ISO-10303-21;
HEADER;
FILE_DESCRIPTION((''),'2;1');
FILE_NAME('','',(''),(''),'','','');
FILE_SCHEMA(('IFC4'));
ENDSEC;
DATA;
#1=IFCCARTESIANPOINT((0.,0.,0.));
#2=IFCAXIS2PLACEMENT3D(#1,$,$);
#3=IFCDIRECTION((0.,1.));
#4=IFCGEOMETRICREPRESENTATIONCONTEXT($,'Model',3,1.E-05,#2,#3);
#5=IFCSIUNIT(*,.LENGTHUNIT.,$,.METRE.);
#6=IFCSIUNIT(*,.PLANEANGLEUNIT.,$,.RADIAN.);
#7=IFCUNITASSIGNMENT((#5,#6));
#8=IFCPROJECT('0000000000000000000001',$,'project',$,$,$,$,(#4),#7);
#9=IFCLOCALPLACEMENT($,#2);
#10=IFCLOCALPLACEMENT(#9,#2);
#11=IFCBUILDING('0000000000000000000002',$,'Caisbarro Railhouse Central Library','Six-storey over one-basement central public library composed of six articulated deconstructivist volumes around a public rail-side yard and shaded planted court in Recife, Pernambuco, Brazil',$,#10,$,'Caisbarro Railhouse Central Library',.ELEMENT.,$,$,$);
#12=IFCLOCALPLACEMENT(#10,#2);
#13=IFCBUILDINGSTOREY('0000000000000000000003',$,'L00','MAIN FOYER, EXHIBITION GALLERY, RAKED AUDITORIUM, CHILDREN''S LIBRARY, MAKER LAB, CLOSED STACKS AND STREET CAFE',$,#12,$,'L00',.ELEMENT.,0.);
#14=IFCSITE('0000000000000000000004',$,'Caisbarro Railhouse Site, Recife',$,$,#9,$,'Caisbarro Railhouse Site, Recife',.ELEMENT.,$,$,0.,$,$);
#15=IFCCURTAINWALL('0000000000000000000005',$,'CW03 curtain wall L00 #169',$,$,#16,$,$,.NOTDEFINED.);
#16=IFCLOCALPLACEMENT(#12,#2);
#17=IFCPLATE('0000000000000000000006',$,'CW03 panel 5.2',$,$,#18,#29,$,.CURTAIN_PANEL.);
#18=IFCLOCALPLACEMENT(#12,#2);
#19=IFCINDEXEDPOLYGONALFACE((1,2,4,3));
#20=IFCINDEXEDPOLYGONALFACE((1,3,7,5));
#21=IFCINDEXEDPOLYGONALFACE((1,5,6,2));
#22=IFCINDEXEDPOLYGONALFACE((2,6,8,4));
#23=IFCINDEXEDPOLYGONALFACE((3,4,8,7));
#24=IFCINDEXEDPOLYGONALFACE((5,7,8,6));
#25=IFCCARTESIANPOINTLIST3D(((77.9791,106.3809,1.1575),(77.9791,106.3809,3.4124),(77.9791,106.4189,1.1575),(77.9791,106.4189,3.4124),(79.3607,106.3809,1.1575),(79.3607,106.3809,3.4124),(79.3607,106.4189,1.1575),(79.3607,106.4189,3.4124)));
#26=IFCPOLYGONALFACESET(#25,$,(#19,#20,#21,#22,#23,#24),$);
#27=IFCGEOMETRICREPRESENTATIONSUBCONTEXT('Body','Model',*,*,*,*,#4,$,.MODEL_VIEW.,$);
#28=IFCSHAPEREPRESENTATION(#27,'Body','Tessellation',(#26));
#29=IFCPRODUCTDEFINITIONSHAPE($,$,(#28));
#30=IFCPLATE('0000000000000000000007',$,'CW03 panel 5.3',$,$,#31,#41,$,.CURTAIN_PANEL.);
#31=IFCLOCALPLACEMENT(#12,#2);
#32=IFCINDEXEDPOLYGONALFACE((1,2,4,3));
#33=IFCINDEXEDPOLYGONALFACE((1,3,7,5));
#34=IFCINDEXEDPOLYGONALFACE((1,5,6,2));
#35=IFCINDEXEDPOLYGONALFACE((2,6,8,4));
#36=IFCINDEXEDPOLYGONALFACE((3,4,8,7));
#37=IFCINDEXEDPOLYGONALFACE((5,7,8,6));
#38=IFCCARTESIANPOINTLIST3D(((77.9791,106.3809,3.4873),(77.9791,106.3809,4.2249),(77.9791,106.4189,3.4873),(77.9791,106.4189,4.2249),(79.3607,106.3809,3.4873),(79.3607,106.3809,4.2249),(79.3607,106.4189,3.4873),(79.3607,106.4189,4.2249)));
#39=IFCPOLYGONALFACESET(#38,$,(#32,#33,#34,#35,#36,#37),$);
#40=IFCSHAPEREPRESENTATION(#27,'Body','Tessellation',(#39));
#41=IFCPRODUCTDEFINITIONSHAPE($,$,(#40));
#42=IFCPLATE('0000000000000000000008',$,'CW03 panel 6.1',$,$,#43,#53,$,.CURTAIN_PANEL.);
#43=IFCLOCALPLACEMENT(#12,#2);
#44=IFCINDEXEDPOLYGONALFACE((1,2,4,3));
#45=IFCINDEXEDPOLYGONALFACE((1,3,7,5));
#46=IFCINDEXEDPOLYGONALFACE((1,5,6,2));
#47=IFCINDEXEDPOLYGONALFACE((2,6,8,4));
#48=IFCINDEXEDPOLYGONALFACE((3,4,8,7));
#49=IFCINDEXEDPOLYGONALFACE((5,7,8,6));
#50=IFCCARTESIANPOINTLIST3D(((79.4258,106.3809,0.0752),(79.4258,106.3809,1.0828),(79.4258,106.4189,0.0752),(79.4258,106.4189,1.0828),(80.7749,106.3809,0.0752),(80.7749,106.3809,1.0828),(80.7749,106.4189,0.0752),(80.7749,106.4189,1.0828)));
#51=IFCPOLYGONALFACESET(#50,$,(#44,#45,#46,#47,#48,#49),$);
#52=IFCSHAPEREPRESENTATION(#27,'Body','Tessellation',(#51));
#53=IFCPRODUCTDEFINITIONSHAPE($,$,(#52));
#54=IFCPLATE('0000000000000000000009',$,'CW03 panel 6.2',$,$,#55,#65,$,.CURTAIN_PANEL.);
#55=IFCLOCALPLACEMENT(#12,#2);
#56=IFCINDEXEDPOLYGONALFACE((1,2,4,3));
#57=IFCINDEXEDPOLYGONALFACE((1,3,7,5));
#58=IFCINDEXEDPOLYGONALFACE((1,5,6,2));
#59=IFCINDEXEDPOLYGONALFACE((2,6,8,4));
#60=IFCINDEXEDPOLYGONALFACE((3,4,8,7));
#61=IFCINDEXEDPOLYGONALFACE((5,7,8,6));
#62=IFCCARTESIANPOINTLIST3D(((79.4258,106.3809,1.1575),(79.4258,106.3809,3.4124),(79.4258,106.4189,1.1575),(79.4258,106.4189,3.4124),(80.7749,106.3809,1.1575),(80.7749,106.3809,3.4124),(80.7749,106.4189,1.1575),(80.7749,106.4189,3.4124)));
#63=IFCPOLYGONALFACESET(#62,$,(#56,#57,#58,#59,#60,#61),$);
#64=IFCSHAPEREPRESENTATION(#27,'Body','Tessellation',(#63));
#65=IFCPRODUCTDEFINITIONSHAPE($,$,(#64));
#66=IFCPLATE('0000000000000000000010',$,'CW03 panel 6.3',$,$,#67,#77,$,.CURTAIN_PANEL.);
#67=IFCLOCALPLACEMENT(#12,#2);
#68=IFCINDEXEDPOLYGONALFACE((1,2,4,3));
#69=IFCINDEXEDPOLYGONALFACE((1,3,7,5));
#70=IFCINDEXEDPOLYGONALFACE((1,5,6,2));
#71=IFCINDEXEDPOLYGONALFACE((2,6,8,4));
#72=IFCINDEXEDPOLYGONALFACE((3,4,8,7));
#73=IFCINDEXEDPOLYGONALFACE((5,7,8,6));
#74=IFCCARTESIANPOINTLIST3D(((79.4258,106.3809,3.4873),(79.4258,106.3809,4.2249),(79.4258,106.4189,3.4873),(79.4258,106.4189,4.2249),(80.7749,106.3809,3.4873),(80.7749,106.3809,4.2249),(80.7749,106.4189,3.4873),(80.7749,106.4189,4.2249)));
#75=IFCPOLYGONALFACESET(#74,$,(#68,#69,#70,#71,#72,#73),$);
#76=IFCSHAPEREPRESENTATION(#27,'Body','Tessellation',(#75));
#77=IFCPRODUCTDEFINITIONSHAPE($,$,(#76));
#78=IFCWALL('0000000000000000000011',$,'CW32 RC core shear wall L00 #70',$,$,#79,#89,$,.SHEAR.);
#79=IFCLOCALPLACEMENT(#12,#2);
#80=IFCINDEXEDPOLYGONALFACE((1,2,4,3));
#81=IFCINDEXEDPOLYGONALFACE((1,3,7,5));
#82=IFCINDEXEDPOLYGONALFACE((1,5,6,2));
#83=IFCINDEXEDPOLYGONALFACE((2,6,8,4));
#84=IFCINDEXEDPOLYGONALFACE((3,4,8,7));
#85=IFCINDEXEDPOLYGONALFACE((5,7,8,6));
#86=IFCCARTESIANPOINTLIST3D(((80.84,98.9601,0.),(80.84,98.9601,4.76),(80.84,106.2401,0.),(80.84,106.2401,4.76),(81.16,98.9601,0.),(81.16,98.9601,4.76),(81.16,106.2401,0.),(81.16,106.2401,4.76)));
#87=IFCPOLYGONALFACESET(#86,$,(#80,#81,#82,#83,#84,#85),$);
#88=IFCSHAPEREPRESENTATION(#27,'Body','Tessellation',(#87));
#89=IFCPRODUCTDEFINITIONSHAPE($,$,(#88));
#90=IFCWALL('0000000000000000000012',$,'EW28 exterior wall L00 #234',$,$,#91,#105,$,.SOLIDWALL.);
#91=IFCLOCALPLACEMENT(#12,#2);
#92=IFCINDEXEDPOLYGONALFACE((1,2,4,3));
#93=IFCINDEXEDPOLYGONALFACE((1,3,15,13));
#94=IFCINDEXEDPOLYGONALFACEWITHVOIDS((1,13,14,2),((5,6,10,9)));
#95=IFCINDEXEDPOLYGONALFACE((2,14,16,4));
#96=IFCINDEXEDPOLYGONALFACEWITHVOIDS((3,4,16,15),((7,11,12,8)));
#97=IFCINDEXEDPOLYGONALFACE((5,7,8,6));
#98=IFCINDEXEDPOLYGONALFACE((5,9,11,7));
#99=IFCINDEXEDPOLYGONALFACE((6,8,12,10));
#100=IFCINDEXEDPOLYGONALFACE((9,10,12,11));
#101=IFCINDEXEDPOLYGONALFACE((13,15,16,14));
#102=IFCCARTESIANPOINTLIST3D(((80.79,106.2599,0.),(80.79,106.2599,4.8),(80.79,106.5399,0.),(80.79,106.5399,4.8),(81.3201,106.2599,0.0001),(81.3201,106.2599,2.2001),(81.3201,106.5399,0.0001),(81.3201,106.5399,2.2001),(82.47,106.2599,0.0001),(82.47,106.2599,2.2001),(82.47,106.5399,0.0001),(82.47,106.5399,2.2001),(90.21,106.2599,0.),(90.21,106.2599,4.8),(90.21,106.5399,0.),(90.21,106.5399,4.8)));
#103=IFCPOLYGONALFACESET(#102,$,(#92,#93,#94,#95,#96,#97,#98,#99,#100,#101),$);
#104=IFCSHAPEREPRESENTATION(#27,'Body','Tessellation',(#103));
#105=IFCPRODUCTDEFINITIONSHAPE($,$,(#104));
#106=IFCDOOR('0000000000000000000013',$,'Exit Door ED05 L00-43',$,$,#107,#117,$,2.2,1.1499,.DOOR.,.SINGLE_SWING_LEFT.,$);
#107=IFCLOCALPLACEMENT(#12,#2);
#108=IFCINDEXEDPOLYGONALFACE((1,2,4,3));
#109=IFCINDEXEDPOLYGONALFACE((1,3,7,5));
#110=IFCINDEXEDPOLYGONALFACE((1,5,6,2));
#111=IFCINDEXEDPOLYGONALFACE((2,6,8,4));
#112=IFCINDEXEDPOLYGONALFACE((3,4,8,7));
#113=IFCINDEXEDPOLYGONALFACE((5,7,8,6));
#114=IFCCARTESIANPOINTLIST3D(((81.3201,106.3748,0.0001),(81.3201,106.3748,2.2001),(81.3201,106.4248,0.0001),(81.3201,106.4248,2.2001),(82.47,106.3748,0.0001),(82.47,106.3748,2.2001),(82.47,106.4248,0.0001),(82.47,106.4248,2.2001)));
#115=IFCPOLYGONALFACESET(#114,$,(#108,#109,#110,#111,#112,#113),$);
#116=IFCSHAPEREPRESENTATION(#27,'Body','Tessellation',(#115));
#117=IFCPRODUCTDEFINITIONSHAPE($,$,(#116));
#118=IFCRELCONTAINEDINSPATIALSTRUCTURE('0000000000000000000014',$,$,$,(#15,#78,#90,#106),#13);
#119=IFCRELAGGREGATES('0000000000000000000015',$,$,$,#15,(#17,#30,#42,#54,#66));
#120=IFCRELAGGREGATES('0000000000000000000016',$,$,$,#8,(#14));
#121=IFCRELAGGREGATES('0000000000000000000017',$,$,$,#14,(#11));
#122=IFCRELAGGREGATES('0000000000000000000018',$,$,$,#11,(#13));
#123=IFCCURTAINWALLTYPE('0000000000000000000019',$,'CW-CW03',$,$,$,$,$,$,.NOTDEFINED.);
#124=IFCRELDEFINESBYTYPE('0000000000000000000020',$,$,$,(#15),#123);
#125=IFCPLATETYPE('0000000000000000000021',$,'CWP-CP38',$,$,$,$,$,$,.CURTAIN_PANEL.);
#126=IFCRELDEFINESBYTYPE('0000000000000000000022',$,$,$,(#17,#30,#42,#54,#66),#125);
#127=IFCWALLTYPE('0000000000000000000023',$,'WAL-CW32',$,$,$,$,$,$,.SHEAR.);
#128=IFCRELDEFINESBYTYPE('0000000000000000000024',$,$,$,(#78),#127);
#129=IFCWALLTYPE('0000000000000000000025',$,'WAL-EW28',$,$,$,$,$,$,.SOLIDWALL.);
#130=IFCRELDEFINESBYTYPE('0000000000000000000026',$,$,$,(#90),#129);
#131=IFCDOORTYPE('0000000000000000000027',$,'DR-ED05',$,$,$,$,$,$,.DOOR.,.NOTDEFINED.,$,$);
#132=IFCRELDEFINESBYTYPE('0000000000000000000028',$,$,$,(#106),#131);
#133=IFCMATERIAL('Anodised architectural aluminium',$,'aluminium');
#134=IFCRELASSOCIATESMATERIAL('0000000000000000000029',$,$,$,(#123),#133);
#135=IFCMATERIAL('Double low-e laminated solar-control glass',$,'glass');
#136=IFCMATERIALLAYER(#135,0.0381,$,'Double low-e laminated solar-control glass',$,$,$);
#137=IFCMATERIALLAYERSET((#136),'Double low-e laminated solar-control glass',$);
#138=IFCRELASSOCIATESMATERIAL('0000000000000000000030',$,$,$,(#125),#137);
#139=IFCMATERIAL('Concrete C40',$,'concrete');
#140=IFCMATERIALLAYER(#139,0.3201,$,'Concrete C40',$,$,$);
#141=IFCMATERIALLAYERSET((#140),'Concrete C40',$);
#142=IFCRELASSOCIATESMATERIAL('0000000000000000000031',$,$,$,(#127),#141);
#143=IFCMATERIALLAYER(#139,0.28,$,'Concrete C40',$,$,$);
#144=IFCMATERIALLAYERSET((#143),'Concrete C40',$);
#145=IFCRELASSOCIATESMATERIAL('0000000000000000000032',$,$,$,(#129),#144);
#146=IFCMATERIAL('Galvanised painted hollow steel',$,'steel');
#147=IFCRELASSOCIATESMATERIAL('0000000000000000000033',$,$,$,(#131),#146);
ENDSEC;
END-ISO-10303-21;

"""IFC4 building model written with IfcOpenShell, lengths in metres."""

from ifc_helpers import new_model, si_unit, direction, frame, frame_2d, origin, origin_2d, place, context, subcontext, project, spatial, rectangle, extrude, material, layer, layer_set, type_object, element, fill, aggregate, save


model = new_model("IFC4")

# Units and contexts
model_context = context("Model", 3, precision=1e-05, world=origin(), true_north=direction((0.0, 1.0)))
body_context = subcontext(model_context, "Body", "Model", "MODEL_VIEW")
ifc_project = project(units=[si_unit("LENGTHUNIT", "METRE"), si_unit("PLANEANGLEUNIT", "RADIAN")], contexts=[model_context])

# Site, building, storey
site_placement = place(None, origin())
site = spatial("IfcSite", under=ifc_project, at=site_placement, Name="Caisbarro Railhouse Site, Recife", LongName="Caisbarro Railhouse Site, Recife", CompositionType="ELEMENT", RefElevation=0.0)
building_placement = place(site_placement, origin())
building = spatial("IfcBuilding", under=site, at=building_placement, Name="Caisbarro Railhouse Central Library", Description="Six-storey over one-basement central public library composed of six articulated deconstructivist volumes around a public rail-side yard and shaded planted court in Recife, Pernambuco, Brazil", LongName="Caisbarro Railhouse Central Library", CompositionType="ELEMENT")
storey_placement = place(building_placement, origin())
storey = spatial("IfcBuildingStorey", under=building, at=storey_placement, Name="L00", Description="MAIN FOYER, EXHIBITION GALLERY, RAKED AUDITORIUM, CHILDREN'S LIBRARY, MAKER LAB, CLOSED STACKS AND STREET CAFE", LongName="L00", CompositionType="ELEMENT", Elevation=0.0)

# Curtain wall, plates
ifc_material_1 = material(Name="Anodised architectural aluminium", Category="aluminium")
curtain_wall_type = type_object("IfcCurtainWallType", Name="CW-CW03", PredefinedType="NOTDEFINED", material=ifc_material_1)
curtain_wall_placement = place(storey_placement, origin())
curtain_wall = element("IfcCurtainWall", 1, at=curtain_wall_placement, inside=storey, type_object=curtain_wall_type, Name="CW03 curtain wall L00 #169", PredefinedType="NOTDEFINED")
ifc_material_2 = material(Name="Double low-e laminated solar-control glass", Category="glass")
ifc_layer_1 = layer(ifc_material_2, 0.0381, Name="Double low-e laminated solar-control glass")
ifc_layer_set_1 = layer_set([ifc_layer_1], Name="Double low-e laminated solar-control glass")
plate_type = type_object("IfcPlateType", Name="CWP-CP38", PredefinedType="CURTAIN_PANEL", material=ifc_layer_set_1)
plate_1_placement = place(storey_placement, frame((78.6699, 106.3999, 1.1575), z_axis=(0.0, 0.0, 1.0), x_axis=(1.0, 0.0, 0.0)))
plate_1 = element("IfcPlate", 2, at=plate_1_placement, type_object=plate_type, Name="CW03 panel 5.2", PredefinedType="CURTAIN_PANEL", context=body_context, shape_type="SweptSolid", body=[
    extrude(rectangle(XDim=1.3816, YDim=0.0381, at=origin_2d()), origin(), (0.0, 0.0, 1.0), 2.2549),
])
plate_2_placement = place(storey_placement, frame((78.6699, 106.3999, 3.4873), z_axis=(0.0, 0.0, 1.0), x_axis=(1.0, 0.0, 0.0)))
plate_2 = element("IfcPlate", 3, at=plate_2_placement, type_object=plate_type, Name="CW03 panel 5.3", PredefinedType="CURTAIN_PANEL", context=body_context, shape_type="SweptSolid", body=[
    extrude(rectangle(XDim=1.3816, YDim=0.0381, at=origin_2d()), origin(), (0.0, 0.0, 1.0), 0.7375),
])
plate_3_placement = place(storey_placement, frame((80.1003, 106.3999, 0.0752), z_axis=(0.0, 0.0, 1.0), x_axis=(1.0, 0.0, 0.0)))
plate_3 = element("IfcPlate", 4, at=plate_3_placement, type_object=plate_type, Name="CW03 panel 6.1", PredefinedType="CURTAIN_PANEL", context=body_context, shape_type="SweptSolid", body=[
    extrude(rectangle(XDim=1.3491, YDim=0.0381, at=origin_2d()), origin(), (0.0, 0.0, 1.0), 1.0076),
])
plate_4_placement = place(storey_placement, frame((80.1003, 106.3999, 1.1575), z_axis=(0.0, 0.0, 1.0), x_axis=(1.0, 0.0, 0.0)))
plate_4 = element("IfcPlate", 5, at=plate_4_placement, type_object=plate_type, Name="CW03 panel 6.2", PredefinedType="CURTAIN_PANEL", context=body_context, shape_type="SweptSolid", body=[
    extrude(rectangle(XDim=1.3491, YDim=0.0381, at=origin_2d()), origin(), (0.0, 0.0, 1.0), 2.2549),
])
plate_5_placement = place(storey_placement, frame((80.1003, 106.3999, 3.4873), z_axis=(0.0, 0.0, 1.0), x_axis=(1.0, 0.0, 0.0)))
plate_5 = element("IfcPlate", 6, at=plate_5_placement, type_object=plate_type, Name="CW03 panel 6.3", PredefinedType="CURTAIN_PANEL", context=body_context, shape_type="SweptSolid", body=[
    extrude(rectangle(XDim=1.3491, YDim=0.0381, at=origin_2d()), origin(), (0.0, 0.0, 1.0), 0.7375),
])
aggregate(curtain_wall, [plate_1, plate_2, plate_3, plate_4, plate_5])

# Wall
ifc_material_3 = material(Name="Concrete C40", Category="concrete")
ifc_layer_2 = layer(ifc_material_3, 0.3201, Name="Concrete C40")
ifc_layer_set_2 = layer_set([ifc_layer_2], Name="Concrete C40")
wall_type_1 = type_object("IfcWallType", Name="WAL-CW32", PredefinedType="SHEAR", material=ifc_layer_set_2)
wall_1_placement = place(storey_placement, frame((81.0, 98.96, 0.0), z_axis=(0.0, 0.0, 1.0), x_axis=(0.0, 1.0, 0.0)))
element("IfcWall", 7, at=wall_1_placement, inside=storey, type_object=wall_type_1, Name="CW32 RC core shear wall L00 #70", PredefinedType="SHEAR", context=body_context, shape_type="SweptSolid", body=[
    extrude(rectangle(XDim=7.28, YDim=0.3201, at=frame_2d((3.6401, 0.0))), origin(), (0.0, 0.0, 1.0), 4.76),
])

# Wall, opening, door
ifc_layer_3 = layer(ifc_material_3, 0.28, Name="Concrete C40")
ifc_layer_set_3 = layer_set([ifc_layer_3], Name="Concrete C40")
wall_type_2 = type_object("IfcWallType", Name="WAL-EW28", PredefinedType="SOLIDWALL", material=ifc_layer_set_3)
wall_2_placement = place(storey_placement, frame((80.79, 106.3999, 0.0), z_axis=(0.0, 0.0, 1.0), x_axis=(1.0, 0.0, 0.0)))
wall_2 = element("IfcWall", 8, at=wall_2_placement, inside=storey, type_object=wall_type_2, Name="EW28 exterior wall L00 #234", PredefinedType="SOLIDWALL", context=body_context, shape_type="SweptSolid", body=[
    extrude(rectangle(XDim=9.4199, YDim=0.28, at=frame_2d((4.71, 0.0))), origin(), (0.0, 0.0, 1.0), 4.8),
])
opening_placement = place(wall_2_placement, frame((0.53, 0.0, 0.0)))
opening = element("IfcOpeningElement", 9, at=opening_placement, cuts=wall_2, PredefinedType="OPENING", context=body_context, shape_type="SweptSolid", body=[
    extrude(rectangle(XDim=1.1499, YDim=2.2, at=frame_2d((0.575, 1.1001))), frame((0.0, 0.1499, 0.0), z_axis=(0.0, -1.0, 0.0), x_axis=(1.0, 0.0, 0.0)), (0.0, 0.0, 1.0), 0.3),
])
ifc_material_4 = material(Name="Galvanised painted hollow steel", Category="steel")
door_type = type_object("IfcDoorType", Name="DR-ED05", OperationType="NOTDEFINED", PredefinedType="DOOR", material=ifc_material_4)
door_placement = place(opening_placement, origin())
door = element("IfcDoor", 10, at=door_placement, inside=storey, type_object=door_type, Name="Exit Door ED05 L00-43", OperationType="SINGLE_SWING_LEFT", OverallHeight=2.2, OverallWidth=1.1499, PredefinedType="DOOR", context=body_context, shape_type="SweptSolid", body=[
    extrude(rectangle(XDim=1.1499, YDim=2.2, at=frame_2d((0.575, 1.1001))), frame((0.0, 0.0249, 0.0), z_axis=(0.0, -1.0, 0.0), x_axis=(1.0, 0.0, 0.0)), (0.0, 0.0, 1.0), 0.05),
])
fill(opening, door)

save(model, "model.ifc")
